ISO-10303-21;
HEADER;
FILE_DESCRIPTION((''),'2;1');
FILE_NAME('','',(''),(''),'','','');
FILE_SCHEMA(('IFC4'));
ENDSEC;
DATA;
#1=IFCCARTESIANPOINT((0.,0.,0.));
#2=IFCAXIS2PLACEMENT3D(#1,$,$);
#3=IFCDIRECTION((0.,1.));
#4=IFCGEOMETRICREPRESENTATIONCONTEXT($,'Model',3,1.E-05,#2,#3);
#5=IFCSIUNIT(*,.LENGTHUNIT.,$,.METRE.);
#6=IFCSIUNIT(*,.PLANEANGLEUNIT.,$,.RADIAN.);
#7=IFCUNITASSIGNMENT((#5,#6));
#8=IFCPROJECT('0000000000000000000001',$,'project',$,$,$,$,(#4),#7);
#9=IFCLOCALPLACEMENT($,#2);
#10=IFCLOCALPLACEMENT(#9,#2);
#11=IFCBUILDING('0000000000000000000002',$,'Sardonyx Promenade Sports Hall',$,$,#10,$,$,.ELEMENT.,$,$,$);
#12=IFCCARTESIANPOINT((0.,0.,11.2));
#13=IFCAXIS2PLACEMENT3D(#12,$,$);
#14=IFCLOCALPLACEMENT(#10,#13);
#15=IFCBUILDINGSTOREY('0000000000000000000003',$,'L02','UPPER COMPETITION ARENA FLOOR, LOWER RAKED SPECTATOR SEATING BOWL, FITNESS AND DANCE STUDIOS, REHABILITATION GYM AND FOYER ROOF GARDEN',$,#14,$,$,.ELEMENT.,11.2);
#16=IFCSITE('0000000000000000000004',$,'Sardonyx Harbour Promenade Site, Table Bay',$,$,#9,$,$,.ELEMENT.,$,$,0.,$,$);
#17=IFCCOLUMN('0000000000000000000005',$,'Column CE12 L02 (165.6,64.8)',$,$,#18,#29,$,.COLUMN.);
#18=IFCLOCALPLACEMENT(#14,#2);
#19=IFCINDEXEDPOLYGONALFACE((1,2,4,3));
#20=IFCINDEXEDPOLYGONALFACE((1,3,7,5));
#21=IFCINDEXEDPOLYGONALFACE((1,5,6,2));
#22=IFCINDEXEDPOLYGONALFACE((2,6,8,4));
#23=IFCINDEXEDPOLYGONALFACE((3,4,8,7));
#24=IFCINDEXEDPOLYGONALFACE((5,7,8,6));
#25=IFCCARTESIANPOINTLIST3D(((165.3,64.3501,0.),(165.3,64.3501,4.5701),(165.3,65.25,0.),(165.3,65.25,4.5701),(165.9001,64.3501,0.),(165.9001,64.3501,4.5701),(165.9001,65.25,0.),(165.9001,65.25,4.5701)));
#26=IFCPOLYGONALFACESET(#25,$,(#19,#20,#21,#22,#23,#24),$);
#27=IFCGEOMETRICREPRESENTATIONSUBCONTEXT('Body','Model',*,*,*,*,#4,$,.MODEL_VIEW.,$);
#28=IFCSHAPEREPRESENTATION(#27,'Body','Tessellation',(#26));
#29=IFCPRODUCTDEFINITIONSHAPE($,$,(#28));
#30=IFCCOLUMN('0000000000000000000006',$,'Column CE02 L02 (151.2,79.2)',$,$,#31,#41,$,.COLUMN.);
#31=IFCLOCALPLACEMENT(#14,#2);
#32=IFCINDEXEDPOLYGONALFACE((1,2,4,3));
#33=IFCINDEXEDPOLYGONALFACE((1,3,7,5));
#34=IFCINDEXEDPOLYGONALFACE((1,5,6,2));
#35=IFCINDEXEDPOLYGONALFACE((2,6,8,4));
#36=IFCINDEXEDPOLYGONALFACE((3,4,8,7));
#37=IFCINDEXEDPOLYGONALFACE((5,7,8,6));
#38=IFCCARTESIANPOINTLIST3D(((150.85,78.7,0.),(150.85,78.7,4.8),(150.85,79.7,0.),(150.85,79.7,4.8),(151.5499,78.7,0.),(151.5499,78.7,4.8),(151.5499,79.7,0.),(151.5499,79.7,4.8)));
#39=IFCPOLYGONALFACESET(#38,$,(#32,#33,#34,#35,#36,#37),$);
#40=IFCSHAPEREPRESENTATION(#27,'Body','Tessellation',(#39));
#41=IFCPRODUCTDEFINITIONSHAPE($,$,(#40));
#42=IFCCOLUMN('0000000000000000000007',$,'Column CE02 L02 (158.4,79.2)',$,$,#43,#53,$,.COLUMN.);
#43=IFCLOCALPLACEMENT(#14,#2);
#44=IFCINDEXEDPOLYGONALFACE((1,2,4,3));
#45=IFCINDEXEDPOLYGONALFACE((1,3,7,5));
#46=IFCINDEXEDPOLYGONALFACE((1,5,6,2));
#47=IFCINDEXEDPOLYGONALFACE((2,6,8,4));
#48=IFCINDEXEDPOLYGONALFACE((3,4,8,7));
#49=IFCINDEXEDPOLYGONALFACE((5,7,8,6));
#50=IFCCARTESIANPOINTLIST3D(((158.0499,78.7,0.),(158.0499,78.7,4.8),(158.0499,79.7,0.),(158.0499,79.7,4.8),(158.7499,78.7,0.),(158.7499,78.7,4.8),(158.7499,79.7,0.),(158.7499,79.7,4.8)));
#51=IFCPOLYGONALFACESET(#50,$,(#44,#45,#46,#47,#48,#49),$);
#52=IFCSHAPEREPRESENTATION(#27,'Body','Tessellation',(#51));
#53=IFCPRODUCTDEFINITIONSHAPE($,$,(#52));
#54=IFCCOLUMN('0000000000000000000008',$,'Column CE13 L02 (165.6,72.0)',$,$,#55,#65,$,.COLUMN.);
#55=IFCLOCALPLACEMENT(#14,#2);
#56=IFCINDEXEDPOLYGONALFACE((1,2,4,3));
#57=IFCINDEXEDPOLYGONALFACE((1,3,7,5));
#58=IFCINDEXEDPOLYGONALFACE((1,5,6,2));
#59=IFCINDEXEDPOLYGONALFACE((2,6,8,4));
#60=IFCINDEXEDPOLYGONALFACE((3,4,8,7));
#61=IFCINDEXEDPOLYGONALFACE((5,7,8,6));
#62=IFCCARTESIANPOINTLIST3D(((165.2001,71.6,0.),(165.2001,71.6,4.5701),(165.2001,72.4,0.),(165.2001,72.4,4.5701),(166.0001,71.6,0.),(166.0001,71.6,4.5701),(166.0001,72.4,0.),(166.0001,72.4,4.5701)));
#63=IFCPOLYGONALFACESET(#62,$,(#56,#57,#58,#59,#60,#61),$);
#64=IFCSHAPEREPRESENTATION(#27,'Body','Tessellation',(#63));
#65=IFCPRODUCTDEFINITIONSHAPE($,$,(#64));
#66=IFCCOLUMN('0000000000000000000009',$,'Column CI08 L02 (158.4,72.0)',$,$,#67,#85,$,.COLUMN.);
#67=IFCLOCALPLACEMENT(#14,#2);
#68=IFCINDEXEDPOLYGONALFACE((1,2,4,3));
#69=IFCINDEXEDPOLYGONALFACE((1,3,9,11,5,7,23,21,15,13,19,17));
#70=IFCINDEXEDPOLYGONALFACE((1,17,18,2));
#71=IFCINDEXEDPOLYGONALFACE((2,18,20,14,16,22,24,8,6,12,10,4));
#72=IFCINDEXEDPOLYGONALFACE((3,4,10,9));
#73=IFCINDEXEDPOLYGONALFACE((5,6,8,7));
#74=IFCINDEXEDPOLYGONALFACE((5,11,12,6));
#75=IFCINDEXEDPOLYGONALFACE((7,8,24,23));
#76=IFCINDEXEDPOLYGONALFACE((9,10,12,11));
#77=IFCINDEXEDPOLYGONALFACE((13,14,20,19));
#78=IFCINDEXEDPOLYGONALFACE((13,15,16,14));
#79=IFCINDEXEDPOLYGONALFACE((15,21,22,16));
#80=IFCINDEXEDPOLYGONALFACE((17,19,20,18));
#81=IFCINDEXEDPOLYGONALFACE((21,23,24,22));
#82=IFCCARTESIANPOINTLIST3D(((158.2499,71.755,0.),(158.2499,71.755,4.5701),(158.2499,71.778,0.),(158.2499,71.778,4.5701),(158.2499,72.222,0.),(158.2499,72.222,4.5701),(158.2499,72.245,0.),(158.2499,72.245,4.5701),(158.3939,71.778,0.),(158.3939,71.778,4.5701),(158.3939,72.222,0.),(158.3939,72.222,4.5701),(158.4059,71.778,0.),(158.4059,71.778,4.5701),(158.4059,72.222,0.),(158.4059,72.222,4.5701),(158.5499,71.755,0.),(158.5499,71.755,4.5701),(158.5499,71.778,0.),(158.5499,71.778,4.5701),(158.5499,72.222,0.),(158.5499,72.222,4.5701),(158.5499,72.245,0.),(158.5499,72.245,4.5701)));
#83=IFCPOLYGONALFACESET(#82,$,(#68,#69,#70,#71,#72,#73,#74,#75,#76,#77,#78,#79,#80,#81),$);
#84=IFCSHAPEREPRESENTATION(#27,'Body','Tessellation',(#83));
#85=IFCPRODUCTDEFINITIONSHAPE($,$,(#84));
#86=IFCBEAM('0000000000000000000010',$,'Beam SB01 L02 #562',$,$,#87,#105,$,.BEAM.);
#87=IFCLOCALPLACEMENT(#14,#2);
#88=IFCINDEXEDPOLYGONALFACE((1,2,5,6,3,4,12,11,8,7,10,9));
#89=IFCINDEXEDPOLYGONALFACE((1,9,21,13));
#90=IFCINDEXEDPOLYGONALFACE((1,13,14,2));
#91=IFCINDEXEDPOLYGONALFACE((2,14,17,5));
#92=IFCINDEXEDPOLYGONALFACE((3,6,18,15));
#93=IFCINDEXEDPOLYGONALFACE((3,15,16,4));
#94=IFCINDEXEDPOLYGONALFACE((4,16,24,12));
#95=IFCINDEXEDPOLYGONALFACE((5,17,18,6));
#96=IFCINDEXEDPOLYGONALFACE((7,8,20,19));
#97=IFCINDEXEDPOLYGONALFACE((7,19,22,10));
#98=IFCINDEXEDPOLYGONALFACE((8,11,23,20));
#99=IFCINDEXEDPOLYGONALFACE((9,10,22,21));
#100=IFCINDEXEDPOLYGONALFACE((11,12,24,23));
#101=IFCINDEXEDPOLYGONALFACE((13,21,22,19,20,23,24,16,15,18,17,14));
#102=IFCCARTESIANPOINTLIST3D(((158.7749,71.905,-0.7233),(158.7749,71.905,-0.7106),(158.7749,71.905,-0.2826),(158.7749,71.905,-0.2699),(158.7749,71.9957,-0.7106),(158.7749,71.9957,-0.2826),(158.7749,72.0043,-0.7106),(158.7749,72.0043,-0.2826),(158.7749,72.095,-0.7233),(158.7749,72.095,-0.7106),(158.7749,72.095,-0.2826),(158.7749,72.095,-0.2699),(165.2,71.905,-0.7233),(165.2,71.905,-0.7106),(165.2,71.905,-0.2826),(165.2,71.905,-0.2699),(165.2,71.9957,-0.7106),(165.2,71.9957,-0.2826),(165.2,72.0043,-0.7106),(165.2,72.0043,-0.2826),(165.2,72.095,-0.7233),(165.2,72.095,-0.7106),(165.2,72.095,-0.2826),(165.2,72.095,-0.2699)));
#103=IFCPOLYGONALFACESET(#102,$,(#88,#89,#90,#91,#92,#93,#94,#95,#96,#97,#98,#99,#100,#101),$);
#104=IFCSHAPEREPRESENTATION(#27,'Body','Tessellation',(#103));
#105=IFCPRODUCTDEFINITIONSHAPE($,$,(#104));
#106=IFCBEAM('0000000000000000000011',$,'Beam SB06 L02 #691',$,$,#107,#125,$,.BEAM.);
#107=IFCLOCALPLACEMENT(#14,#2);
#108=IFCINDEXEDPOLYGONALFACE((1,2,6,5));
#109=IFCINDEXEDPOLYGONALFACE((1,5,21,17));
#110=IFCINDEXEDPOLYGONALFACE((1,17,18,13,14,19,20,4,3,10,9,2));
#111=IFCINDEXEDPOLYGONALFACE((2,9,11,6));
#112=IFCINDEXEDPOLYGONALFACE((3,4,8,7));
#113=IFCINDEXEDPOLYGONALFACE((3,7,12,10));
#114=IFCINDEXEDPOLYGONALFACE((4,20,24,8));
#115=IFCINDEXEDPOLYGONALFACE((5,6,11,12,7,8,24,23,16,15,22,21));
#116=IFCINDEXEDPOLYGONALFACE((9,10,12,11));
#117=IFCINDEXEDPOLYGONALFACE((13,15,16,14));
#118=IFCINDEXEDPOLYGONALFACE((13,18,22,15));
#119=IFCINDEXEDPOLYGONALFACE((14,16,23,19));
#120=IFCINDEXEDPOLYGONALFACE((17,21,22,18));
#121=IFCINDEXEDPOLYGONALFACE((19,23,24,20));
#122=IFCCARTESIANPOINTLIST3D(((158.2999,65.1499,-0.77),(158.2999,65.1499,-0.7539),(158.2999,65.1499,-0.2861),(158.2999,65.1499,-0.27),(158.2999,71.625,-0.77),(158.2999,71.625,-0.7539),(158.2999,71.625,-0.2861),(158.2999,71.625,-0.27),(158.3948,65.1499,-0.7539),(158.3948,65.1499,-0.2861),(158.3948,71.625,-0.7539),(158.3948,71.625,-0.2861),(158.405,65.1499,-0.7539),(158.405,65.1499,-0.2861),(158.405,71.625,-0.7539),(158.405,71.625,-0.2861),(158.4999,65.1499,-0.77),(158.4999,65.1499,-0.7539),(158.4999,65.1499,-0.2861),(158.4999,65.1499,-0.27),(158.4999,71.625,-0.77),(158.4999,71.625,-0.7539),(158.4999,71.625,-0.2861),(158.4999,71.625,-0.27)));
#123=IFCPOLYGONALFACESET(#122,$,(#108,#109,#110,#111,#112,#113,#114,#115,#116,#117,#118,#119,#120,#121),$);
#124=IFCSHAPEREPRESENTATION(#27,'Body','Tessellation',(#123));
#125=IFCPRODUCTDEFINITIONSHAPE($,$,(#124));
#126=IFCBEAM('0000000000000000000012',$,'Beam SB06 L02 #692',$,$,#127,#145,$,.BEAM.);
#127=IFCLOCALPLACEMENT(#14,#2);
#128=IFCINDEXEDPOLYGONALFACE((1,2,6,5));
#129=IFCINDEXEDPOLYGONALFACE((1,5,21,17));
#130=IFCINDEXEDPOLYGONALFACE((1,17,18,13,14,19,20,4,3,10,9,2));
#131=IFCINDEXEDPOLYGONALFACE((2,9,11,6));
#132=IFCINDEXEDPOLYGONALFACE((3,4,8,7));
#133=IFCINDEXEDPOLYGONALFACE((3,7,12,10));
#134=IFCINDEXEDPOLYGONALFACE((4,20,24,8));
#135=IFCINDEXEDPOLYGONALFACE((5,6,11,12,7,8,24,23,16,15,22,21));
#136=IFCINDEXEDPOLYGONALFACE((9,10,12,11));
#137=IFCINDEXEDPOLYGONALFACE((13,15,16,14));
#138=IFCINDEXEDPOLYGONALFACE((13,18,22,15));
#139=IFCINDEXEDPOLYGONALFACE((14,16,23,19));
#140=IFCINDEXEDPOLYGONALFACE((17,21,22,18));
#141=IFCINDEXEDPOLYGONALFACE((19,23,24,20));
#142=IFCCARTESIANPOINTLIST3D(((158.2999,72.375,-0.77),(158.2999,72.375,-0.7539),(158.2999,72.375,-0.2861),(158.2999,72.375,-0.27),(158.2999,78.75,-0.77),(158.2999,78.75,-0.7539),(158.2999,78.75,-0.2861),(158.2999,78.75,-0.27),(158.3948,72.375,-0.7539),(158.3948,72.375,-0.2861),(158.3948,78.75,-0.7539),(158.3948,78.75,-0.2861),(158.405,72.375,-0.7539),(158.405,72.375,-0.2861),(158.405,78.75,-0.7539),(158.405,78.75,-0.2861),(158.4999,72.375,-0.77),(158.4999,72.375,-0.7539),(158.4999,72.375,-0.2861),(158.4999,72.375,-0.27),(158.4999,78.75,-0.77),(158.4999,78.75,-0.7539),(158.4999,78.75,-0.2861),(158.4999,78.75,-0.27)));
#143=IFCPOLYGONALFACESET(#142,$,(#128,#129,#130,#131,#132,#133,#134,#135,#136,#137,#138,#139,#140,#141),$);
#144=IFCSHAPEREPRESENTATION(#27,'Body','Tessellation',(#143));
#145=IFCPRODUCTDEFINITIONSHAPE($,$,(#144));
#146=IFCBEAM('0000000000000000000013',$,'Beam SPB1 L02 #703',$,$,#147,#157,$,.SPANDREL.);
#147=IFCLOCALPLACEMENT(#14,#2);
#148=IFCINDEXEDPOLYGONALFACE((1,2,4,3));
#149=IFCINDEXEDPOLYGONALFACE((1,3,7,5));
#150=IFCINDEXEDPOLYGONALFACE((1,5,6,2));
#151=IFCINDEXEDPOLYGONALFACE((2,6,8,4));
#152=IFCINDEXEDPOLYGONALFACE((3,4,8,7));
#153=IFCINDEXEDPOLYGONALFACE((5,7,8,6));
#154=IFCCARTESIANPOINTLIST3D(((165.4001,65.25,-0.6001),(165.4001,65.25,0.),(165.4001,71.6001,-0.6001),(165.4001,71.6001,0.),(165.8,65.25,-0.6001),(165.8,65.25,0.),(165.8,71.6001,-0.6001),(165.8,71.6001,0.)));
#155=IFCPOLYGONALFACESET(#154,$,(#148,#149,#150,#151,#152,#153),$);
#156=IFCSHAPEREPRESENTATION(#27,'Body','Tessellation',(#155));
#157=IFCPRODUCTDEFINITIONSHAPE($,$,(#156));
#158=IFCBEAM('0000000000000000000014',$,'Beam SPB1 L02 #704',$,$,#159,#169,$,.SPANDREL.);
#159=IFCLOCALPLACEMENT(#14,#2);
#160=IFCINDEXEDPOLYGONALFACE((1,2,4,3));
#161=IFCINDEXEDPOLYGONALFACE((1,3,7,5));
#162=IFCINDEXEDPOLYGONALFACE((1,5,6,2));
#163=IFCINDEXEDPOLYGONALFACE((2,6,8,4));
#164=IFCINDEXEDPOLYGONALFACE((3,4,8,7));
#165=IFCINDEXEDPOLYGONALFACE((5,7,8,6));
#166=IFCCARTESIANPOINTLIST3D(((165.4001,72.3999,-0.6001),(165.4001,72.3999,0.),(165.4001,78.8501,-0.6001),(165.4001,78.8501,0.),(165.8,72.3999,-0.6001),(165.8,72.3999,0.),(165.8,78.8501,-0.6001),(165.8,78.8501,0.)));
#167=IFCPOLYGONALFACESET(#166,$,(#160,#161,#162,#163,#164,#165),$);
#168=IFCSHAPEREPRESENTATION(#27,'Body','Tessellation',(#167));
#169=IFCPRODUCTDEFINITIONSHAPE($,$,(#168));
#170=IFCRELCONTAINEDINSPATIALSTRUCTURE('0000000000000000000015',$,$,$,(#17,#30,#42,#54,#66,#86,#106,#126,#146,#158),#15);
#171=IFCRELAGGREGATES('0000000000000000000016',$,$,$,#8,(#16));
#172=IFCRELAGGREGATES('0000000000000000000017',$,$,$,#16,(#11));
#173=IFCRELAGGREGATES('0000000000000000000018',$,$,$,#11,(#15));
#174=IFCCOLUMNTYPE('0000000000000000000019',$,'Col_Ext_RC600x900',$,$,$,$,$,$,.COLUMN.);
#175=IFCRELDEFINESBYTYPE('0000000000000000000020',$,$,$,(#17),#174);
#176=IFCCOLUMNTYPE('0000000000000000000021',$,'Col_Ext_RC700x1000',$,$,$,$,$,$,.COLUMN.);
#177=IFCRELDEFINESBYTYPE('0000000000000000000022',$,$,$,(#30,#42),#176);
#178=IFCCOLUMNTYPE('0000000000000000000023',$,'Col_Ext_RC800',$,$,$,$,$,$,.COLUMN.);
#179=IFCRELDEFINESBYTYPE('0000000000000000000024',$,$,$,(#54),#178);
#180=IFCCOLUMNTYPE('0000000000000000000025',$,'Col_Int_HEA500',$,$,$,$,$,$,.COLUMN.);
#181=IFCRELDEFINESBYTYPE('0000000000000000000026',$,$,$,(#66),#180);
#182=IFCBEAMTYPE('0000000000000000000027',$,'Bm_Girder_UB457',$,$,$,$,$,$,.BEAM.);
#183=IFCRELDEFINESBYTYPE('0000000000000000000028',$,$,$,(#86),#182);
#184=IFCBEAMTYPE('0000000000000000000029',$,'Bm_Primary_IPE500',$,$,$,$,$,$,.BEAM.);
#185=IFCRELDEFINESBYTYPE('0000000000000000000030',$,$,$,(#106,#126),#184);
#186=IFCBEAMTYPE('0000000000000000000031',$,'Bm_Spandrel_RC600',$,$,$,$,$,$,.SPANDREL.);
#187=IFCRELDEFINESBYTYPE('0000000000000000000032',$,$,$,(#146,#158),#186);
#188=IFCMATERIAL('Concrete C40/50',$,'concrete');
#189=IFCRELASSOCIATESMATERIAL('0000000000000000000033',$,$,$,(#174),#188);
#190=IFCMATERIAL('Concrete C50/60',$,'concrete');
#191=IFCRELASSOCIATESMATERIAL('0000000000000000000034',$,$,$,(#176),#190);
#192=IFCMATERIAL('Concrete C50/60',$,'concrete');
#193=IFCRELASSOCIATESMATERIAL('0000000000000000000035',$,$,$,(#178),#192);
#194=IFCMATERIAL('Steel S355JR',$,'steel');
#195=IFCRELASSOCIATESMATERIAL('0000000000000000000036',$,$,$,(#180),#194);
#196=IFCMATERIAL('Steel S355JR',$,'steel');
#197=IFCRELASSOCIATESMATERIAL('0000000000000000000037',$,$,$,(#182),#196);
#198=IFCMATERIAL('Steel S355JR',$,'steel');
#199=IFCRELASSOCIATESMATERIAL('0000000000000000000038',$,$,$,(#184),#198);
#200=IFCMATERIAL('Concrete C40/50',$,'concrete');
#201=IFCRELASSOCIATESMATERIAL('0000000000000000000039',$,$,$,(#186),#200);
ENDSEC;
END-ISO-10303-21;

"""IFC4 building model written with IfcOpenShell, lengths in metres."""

from ifc_helpers import new_model, si_unit, direction, frame, origin, origin_2d, place, context, subcontext, project, spatial, rectangle, i_section, extrude, material, material_profile, profile_set, type_object, element, save


model = new_model("IFC4")

# Units and contexts
model_context = context("Model", 3, precision=1e-05, world=origin(), true_north=direction((0.0, 1.0)))
body_context = subcontext(model_context, "Body", "Model", "MODEL_VIEW")
ifc_project = project(units=[si_unit("LENGTHUNIT", "METRE"), si_unit("PLANEANGLEUNIT", "RADIAN")], contexts=[model_context])

# Site, building, storey
site_placement = place(None, origin())
site = spatial("IfcSite", under=ifc_project, at=site_placement, Name="Sardonyx Harbour Promenade Site, Table Bay", CompositionType="ELEMENT", RefElevation=0.0)
building_placement = place(site_placement, origin())
building = spatial("IfcBuilding", under=site, at=building_placement, Name="Sardonyx Promenade Sports Hall", CompositionType="ELEMENT")
storey_placement = place(building_placement, frame((0.0, 0.0, 11.2)))
storey = spatial("IfcBuildingStorey", under=building, at=storey_placement, Name="L02", Description="UPPER COMPETITION ARENA FLOOR, LOWER RAKED SPECTATOR SEATING BOWL, FITNESS AND DANCE STUDIOS, REHABILITATION GYM AND FOYER ROOF GARDEN", CompositionType="ELEMENT", Elevation=11.2)

# Columns
ifc_material_1 = material(Name="Concrete C40/50", Category="concrete")
ifc_material_profile_1 = material_profile(ifc_material_1, rectangle(XDim=0.6001, YDim=0.8999, at=origin_2d()))
ifc_profile_set_1 = profile_set([ifc_material_profile_1], Name="Concrete C40/50")
column_type_1 = type_object("IfcColumnType", Name="Col_Ext_RC600x900", PredefinedType="COLUMN", material=ifc_profile_set_1)
column_1_placement = place(storey_placement, frame((165.6001, 64.8, 0.0), z_axis=(0.0, 0.0, 1.0), x_axis=(1.0, 0.0, 0.0)))
element("IfcColumn", 1, at=column_1_placement, inside=storey, type_object=column_type_1, Name="Column CE12 L02 (165.6,64.8)", PredefinedType="COLUMN", context=body_context, shape_type="SweptSolid", body=[
    extrude(rectangle(XDim=0.6001, YDim=0.8999, at=origin_2d()), origin(), (0.0, 0.0, 1.0), 4.5701),
])
ifc_material_2 = material(Name="Concrete C50/60", Category="concrete")
ifc_material_profile_2 = material_profile(ifc_material_2, rectangle(XDim=0.7, YDim=1.0, at=origin_2d()))
ifc_profile_set_2 = profile_set([ifc_material_profile_2], Name="Concrete C50/60")
column_type_2 = type_object("IfcColumnType", Name="Col_Ext_RC700x1000", PredefinedType="COLUMN", material=ifc_profile_set_2)
for number, where, z_axis, x_axis, name in (
    (2, (151.2, 79.2, 0.0), (0.0, 0.0, 1.0), (1.0, 0.0, 0.0), "Column CE02 L02 (151.2,79.2)"),
    (3, (158.3999, 79.2, 0.0), (0.0, 0.0, 1.0), (1.0, 0.0, 0.0), "Column CE02 L02 (158.4,79.2)"),
):
    element("IfcColumn", number, at=place(storey_placement, frame(where, z_axis=z_axis, x_axis=x_axis)), inside=storey, type_object=column_type_2, Name=name, PredefinedType="COLUMN", context=body_context, shape_type="SweptSolid", body=[
        extrude(rectangle(XDim=0.7, YDim=1.0, at=origin_2d()), origin(), (0.0, 0.0, 1.0), 4.8),
    ])
ifc_material_3 = material(Name="Concrete C50/60", Category="concrete")
ifc_material_profile_3 = material_profile(ifc_material_3, rectangle(XDim=0.8, YDim=0.8, at=origin_2d()))
ifc_profile_set_3 = profile_set([ifc_material_profile_3], Name="Concrete C50/60")
column_type_3 = type_object("IfcColumnType", Name="Col_Ext_RC800", PredefinedType="COLUMN", material=ifc_profile_set_3)
column_2_placement = place(storey_placement, frame((165.6001, 72.0, 0.0), z_axis=(0.0, 0.0, 1.0), x_axis=(1.0, 0.0, 0.0)))
element("IfcColumn", 4, at=column_2_placement, inside=storey, type_object=column_type_3, Name="Column CE13 L02 (165.6,72.0)", PredefinedType="COLUMN", context=body_context, shape_type="SweptSolid", body=[
    extrude(rectangle(XDim=0.8, YDim=0.8, at=origin_2d()), origin(), (0.0, 0.0, 1.0), 4.5701),
])
ifc_material_4 = material(Name="Steel S355JR", Category="steel")
ifc_material_profile_4 = material_profile(ifc_material_4, i_section(OverallWidth=0.3, OverallDepth=0.49, WebThickness=0.012, FlangeThickness=0.0229, at=origin_2d()))
ifc_profile_set_4 = profile_set([ifc_material_profile_4], Name="Steel S355JR")
column_type_4 = type_object("IfcColumnType", Name="Col_Int_HEA500", PredefinedType="COLUMN", material=ifc_profile_set_4)
column_3_placement = place(storey_placement, frame((158.3999, 72.0, 0.0), z_axis=(0.0, 0.0, 1.0), x_axis=(1.0, 0.0, 0.0)))
element("IfcColumn", 5, at=column_3_placement, inside=storey, type_object=column_type_4, Name="Column CI08 L02 (158.4,72.0)", PredefinedType="COLUMN", context=body_context, shape_type="SweptSolid", body=[
    extrude(i_section(OverallWidth=0.3, OverallDepth=0.49, WebThickness=0.012, FlangeThickness=0.0229, at=origin_2d()), origin(), (0.0, 0.0, 1.0), 4.5701),
])

# Beams
ifc_material_5 = material(Name="Steel S355JR", Category="steel")
ifc_material_profile_5 = material_profile(ifc_material_5, i_section(OverallWidth=0.1899, OverallDepth=0.4534, WebThickness=0.0085, FlangeThickness=0.0127, at=origin_2d()))
ifc_profile_set_5 = profile_set([ifc_material_profile_5], Name="Steel S355JR")
beam_type_1 = type_object("IfcBeamType", Name="Bm_Girder_UB457", PredefinedType="BEAM", material=ifc_profile_set_5)
beam_1_placement = place(storey_placement, frame((158.7749, 72.0, -0.4966), z_axis=(1.0, 0.0, 0.0), x_axis=(0.0, 1.0, 0.0)))
element("IfcBeam", 6, at=beam_1_placement, inside=storey, type_object=beam_type_1, Name="Beam SB01 L02 #562", PredefinedType="BEAM", context=body_context, shape_type="SweptSolid", body=[
    extrude(i_section(OverallWidth=0.1899, OverallDepth=0.4534, WebThickness=0.0085, FlangeThickness=0.0127, at=origin_2d()), origin(), (0.0, 0.0, 1.0), 6.425),
])
ifc_material_6 = material(Name="Steel S355JR", Category="steel")
ifc_material_profile_6 = material_profile(ifc_material_6, i_section(OverallWidth=0.2, OverallDepth=0.5, WebThickness=0.0103, FlangeThickness=0.0161, at=origin_2d()))
ifc_profile_set_6 = profile_set([ifc_material_profile_6], Name="Steel S355JR")
beam_type_2 = type_object("IfcBeamType", Name="Bm_Primary_IPE500", PredefinedType="BEAM", material=ifc_profile_set_6)
beam_2_placement = place(storey_placement, frame((158.3999, 65.1499, -0.52), z_axis=(0.0, 1.0, 0.0), x_axis=(-1.0, 0.0, 0.0)))
element("IfcBeam", 7, at=beam_2_placement, inside=storey, type_object=beam_type_2, Name="Beam SB06 L02 #691", PredefinedType="BEAM", context=body_context, shape_type="SweptSolid", body=[
    extrude(i_section(OverallWidth=0.2, OverallDepth=0.5, WebThickness=0.0103, FlangeThickness=0.0161, at=origin_2d()), origin(), (0.0, 0.0, 1.0), 6.4751),
])
beam_3_placement = place(storey_placement, frame((158.3999, 72.375, -0.52), z_axis=(0.0, 1.0, 0.0), x_axis=(-1.0, 0.0, 0.0)))
element("IfcBeam", 8, at=beam_3_placement, inside=storey, type_object=beam_type_2, Name="Beam SB06 L02 #692", PredefinedType="BEAM", context=body_context, shape_type="SweptSolid", body=[
    extrude(i_section(OverallWidth=0.2, OverallDepth=0.5, WebThickness=0.0103, FlangeThickness=0.0161, at=origin_2d()), origin(), (0.0, 0.0, 1.0), 6.375),
])
ifc_material_7 = material(Name="Concrete C40/50", Category="concrete")
ifc_material_profile_7 = material_profile(ifc_material_7, rectangle(XDim=0.3999, YDim=0.6001, at=origin_2d()))
ifc_profile_set_7 = profile_set([ifc_material_profile_7], Name="Concrete C40/50")
beam_type_3 = type_object("IfcBeamType", Name="Bm_Spandrel_RC600", PredefinedType="SPANDREL", material=ifc_profile_set_7)
beam_4_placement = place(storey_placement, frame((165.6001, 65.25, -0.3), z_axis=(0.0, 1.0, 0.0), x_axis=(-1.0, 0.0, 0.0)))
element("IfcBeam", 9, at=beam_4_placement, inside=storey, type_object=beam_type_3, Name="Beam SPB1 L02 #703", PredefinedType="SPANDREL", context=body_context, shape_type="SweptSolid", body=[
    extrude(rectangle(XDim=0.3999, YDim=0.6001, at=origin_2d()), origin(), (0.0, 0.0, 1.0), 6.3501),
])
beam_5_placement = place(storey_placement, frame((165.6001, 72.3999, -0.3), z_axis=(0.0, 1.0, 0.0), x_axis=(-1.0, 0.0, 0.0)))
element("IfcBeam", 10, at=beam_5_placement, inside=storey, type_object=beam_type_3, Name="Beam SPB1 L02 #704", PredefinedType="SPANDREL", context=body_context, shape_type="SweptSolid", body=[
    extrude(rectangle(XDim=0.3999, YDim=0.6001, at=origin_2d()), origin(), (0.0, 0.0, 1.0), 6.4502),
])

save(model, "model.ifc")
